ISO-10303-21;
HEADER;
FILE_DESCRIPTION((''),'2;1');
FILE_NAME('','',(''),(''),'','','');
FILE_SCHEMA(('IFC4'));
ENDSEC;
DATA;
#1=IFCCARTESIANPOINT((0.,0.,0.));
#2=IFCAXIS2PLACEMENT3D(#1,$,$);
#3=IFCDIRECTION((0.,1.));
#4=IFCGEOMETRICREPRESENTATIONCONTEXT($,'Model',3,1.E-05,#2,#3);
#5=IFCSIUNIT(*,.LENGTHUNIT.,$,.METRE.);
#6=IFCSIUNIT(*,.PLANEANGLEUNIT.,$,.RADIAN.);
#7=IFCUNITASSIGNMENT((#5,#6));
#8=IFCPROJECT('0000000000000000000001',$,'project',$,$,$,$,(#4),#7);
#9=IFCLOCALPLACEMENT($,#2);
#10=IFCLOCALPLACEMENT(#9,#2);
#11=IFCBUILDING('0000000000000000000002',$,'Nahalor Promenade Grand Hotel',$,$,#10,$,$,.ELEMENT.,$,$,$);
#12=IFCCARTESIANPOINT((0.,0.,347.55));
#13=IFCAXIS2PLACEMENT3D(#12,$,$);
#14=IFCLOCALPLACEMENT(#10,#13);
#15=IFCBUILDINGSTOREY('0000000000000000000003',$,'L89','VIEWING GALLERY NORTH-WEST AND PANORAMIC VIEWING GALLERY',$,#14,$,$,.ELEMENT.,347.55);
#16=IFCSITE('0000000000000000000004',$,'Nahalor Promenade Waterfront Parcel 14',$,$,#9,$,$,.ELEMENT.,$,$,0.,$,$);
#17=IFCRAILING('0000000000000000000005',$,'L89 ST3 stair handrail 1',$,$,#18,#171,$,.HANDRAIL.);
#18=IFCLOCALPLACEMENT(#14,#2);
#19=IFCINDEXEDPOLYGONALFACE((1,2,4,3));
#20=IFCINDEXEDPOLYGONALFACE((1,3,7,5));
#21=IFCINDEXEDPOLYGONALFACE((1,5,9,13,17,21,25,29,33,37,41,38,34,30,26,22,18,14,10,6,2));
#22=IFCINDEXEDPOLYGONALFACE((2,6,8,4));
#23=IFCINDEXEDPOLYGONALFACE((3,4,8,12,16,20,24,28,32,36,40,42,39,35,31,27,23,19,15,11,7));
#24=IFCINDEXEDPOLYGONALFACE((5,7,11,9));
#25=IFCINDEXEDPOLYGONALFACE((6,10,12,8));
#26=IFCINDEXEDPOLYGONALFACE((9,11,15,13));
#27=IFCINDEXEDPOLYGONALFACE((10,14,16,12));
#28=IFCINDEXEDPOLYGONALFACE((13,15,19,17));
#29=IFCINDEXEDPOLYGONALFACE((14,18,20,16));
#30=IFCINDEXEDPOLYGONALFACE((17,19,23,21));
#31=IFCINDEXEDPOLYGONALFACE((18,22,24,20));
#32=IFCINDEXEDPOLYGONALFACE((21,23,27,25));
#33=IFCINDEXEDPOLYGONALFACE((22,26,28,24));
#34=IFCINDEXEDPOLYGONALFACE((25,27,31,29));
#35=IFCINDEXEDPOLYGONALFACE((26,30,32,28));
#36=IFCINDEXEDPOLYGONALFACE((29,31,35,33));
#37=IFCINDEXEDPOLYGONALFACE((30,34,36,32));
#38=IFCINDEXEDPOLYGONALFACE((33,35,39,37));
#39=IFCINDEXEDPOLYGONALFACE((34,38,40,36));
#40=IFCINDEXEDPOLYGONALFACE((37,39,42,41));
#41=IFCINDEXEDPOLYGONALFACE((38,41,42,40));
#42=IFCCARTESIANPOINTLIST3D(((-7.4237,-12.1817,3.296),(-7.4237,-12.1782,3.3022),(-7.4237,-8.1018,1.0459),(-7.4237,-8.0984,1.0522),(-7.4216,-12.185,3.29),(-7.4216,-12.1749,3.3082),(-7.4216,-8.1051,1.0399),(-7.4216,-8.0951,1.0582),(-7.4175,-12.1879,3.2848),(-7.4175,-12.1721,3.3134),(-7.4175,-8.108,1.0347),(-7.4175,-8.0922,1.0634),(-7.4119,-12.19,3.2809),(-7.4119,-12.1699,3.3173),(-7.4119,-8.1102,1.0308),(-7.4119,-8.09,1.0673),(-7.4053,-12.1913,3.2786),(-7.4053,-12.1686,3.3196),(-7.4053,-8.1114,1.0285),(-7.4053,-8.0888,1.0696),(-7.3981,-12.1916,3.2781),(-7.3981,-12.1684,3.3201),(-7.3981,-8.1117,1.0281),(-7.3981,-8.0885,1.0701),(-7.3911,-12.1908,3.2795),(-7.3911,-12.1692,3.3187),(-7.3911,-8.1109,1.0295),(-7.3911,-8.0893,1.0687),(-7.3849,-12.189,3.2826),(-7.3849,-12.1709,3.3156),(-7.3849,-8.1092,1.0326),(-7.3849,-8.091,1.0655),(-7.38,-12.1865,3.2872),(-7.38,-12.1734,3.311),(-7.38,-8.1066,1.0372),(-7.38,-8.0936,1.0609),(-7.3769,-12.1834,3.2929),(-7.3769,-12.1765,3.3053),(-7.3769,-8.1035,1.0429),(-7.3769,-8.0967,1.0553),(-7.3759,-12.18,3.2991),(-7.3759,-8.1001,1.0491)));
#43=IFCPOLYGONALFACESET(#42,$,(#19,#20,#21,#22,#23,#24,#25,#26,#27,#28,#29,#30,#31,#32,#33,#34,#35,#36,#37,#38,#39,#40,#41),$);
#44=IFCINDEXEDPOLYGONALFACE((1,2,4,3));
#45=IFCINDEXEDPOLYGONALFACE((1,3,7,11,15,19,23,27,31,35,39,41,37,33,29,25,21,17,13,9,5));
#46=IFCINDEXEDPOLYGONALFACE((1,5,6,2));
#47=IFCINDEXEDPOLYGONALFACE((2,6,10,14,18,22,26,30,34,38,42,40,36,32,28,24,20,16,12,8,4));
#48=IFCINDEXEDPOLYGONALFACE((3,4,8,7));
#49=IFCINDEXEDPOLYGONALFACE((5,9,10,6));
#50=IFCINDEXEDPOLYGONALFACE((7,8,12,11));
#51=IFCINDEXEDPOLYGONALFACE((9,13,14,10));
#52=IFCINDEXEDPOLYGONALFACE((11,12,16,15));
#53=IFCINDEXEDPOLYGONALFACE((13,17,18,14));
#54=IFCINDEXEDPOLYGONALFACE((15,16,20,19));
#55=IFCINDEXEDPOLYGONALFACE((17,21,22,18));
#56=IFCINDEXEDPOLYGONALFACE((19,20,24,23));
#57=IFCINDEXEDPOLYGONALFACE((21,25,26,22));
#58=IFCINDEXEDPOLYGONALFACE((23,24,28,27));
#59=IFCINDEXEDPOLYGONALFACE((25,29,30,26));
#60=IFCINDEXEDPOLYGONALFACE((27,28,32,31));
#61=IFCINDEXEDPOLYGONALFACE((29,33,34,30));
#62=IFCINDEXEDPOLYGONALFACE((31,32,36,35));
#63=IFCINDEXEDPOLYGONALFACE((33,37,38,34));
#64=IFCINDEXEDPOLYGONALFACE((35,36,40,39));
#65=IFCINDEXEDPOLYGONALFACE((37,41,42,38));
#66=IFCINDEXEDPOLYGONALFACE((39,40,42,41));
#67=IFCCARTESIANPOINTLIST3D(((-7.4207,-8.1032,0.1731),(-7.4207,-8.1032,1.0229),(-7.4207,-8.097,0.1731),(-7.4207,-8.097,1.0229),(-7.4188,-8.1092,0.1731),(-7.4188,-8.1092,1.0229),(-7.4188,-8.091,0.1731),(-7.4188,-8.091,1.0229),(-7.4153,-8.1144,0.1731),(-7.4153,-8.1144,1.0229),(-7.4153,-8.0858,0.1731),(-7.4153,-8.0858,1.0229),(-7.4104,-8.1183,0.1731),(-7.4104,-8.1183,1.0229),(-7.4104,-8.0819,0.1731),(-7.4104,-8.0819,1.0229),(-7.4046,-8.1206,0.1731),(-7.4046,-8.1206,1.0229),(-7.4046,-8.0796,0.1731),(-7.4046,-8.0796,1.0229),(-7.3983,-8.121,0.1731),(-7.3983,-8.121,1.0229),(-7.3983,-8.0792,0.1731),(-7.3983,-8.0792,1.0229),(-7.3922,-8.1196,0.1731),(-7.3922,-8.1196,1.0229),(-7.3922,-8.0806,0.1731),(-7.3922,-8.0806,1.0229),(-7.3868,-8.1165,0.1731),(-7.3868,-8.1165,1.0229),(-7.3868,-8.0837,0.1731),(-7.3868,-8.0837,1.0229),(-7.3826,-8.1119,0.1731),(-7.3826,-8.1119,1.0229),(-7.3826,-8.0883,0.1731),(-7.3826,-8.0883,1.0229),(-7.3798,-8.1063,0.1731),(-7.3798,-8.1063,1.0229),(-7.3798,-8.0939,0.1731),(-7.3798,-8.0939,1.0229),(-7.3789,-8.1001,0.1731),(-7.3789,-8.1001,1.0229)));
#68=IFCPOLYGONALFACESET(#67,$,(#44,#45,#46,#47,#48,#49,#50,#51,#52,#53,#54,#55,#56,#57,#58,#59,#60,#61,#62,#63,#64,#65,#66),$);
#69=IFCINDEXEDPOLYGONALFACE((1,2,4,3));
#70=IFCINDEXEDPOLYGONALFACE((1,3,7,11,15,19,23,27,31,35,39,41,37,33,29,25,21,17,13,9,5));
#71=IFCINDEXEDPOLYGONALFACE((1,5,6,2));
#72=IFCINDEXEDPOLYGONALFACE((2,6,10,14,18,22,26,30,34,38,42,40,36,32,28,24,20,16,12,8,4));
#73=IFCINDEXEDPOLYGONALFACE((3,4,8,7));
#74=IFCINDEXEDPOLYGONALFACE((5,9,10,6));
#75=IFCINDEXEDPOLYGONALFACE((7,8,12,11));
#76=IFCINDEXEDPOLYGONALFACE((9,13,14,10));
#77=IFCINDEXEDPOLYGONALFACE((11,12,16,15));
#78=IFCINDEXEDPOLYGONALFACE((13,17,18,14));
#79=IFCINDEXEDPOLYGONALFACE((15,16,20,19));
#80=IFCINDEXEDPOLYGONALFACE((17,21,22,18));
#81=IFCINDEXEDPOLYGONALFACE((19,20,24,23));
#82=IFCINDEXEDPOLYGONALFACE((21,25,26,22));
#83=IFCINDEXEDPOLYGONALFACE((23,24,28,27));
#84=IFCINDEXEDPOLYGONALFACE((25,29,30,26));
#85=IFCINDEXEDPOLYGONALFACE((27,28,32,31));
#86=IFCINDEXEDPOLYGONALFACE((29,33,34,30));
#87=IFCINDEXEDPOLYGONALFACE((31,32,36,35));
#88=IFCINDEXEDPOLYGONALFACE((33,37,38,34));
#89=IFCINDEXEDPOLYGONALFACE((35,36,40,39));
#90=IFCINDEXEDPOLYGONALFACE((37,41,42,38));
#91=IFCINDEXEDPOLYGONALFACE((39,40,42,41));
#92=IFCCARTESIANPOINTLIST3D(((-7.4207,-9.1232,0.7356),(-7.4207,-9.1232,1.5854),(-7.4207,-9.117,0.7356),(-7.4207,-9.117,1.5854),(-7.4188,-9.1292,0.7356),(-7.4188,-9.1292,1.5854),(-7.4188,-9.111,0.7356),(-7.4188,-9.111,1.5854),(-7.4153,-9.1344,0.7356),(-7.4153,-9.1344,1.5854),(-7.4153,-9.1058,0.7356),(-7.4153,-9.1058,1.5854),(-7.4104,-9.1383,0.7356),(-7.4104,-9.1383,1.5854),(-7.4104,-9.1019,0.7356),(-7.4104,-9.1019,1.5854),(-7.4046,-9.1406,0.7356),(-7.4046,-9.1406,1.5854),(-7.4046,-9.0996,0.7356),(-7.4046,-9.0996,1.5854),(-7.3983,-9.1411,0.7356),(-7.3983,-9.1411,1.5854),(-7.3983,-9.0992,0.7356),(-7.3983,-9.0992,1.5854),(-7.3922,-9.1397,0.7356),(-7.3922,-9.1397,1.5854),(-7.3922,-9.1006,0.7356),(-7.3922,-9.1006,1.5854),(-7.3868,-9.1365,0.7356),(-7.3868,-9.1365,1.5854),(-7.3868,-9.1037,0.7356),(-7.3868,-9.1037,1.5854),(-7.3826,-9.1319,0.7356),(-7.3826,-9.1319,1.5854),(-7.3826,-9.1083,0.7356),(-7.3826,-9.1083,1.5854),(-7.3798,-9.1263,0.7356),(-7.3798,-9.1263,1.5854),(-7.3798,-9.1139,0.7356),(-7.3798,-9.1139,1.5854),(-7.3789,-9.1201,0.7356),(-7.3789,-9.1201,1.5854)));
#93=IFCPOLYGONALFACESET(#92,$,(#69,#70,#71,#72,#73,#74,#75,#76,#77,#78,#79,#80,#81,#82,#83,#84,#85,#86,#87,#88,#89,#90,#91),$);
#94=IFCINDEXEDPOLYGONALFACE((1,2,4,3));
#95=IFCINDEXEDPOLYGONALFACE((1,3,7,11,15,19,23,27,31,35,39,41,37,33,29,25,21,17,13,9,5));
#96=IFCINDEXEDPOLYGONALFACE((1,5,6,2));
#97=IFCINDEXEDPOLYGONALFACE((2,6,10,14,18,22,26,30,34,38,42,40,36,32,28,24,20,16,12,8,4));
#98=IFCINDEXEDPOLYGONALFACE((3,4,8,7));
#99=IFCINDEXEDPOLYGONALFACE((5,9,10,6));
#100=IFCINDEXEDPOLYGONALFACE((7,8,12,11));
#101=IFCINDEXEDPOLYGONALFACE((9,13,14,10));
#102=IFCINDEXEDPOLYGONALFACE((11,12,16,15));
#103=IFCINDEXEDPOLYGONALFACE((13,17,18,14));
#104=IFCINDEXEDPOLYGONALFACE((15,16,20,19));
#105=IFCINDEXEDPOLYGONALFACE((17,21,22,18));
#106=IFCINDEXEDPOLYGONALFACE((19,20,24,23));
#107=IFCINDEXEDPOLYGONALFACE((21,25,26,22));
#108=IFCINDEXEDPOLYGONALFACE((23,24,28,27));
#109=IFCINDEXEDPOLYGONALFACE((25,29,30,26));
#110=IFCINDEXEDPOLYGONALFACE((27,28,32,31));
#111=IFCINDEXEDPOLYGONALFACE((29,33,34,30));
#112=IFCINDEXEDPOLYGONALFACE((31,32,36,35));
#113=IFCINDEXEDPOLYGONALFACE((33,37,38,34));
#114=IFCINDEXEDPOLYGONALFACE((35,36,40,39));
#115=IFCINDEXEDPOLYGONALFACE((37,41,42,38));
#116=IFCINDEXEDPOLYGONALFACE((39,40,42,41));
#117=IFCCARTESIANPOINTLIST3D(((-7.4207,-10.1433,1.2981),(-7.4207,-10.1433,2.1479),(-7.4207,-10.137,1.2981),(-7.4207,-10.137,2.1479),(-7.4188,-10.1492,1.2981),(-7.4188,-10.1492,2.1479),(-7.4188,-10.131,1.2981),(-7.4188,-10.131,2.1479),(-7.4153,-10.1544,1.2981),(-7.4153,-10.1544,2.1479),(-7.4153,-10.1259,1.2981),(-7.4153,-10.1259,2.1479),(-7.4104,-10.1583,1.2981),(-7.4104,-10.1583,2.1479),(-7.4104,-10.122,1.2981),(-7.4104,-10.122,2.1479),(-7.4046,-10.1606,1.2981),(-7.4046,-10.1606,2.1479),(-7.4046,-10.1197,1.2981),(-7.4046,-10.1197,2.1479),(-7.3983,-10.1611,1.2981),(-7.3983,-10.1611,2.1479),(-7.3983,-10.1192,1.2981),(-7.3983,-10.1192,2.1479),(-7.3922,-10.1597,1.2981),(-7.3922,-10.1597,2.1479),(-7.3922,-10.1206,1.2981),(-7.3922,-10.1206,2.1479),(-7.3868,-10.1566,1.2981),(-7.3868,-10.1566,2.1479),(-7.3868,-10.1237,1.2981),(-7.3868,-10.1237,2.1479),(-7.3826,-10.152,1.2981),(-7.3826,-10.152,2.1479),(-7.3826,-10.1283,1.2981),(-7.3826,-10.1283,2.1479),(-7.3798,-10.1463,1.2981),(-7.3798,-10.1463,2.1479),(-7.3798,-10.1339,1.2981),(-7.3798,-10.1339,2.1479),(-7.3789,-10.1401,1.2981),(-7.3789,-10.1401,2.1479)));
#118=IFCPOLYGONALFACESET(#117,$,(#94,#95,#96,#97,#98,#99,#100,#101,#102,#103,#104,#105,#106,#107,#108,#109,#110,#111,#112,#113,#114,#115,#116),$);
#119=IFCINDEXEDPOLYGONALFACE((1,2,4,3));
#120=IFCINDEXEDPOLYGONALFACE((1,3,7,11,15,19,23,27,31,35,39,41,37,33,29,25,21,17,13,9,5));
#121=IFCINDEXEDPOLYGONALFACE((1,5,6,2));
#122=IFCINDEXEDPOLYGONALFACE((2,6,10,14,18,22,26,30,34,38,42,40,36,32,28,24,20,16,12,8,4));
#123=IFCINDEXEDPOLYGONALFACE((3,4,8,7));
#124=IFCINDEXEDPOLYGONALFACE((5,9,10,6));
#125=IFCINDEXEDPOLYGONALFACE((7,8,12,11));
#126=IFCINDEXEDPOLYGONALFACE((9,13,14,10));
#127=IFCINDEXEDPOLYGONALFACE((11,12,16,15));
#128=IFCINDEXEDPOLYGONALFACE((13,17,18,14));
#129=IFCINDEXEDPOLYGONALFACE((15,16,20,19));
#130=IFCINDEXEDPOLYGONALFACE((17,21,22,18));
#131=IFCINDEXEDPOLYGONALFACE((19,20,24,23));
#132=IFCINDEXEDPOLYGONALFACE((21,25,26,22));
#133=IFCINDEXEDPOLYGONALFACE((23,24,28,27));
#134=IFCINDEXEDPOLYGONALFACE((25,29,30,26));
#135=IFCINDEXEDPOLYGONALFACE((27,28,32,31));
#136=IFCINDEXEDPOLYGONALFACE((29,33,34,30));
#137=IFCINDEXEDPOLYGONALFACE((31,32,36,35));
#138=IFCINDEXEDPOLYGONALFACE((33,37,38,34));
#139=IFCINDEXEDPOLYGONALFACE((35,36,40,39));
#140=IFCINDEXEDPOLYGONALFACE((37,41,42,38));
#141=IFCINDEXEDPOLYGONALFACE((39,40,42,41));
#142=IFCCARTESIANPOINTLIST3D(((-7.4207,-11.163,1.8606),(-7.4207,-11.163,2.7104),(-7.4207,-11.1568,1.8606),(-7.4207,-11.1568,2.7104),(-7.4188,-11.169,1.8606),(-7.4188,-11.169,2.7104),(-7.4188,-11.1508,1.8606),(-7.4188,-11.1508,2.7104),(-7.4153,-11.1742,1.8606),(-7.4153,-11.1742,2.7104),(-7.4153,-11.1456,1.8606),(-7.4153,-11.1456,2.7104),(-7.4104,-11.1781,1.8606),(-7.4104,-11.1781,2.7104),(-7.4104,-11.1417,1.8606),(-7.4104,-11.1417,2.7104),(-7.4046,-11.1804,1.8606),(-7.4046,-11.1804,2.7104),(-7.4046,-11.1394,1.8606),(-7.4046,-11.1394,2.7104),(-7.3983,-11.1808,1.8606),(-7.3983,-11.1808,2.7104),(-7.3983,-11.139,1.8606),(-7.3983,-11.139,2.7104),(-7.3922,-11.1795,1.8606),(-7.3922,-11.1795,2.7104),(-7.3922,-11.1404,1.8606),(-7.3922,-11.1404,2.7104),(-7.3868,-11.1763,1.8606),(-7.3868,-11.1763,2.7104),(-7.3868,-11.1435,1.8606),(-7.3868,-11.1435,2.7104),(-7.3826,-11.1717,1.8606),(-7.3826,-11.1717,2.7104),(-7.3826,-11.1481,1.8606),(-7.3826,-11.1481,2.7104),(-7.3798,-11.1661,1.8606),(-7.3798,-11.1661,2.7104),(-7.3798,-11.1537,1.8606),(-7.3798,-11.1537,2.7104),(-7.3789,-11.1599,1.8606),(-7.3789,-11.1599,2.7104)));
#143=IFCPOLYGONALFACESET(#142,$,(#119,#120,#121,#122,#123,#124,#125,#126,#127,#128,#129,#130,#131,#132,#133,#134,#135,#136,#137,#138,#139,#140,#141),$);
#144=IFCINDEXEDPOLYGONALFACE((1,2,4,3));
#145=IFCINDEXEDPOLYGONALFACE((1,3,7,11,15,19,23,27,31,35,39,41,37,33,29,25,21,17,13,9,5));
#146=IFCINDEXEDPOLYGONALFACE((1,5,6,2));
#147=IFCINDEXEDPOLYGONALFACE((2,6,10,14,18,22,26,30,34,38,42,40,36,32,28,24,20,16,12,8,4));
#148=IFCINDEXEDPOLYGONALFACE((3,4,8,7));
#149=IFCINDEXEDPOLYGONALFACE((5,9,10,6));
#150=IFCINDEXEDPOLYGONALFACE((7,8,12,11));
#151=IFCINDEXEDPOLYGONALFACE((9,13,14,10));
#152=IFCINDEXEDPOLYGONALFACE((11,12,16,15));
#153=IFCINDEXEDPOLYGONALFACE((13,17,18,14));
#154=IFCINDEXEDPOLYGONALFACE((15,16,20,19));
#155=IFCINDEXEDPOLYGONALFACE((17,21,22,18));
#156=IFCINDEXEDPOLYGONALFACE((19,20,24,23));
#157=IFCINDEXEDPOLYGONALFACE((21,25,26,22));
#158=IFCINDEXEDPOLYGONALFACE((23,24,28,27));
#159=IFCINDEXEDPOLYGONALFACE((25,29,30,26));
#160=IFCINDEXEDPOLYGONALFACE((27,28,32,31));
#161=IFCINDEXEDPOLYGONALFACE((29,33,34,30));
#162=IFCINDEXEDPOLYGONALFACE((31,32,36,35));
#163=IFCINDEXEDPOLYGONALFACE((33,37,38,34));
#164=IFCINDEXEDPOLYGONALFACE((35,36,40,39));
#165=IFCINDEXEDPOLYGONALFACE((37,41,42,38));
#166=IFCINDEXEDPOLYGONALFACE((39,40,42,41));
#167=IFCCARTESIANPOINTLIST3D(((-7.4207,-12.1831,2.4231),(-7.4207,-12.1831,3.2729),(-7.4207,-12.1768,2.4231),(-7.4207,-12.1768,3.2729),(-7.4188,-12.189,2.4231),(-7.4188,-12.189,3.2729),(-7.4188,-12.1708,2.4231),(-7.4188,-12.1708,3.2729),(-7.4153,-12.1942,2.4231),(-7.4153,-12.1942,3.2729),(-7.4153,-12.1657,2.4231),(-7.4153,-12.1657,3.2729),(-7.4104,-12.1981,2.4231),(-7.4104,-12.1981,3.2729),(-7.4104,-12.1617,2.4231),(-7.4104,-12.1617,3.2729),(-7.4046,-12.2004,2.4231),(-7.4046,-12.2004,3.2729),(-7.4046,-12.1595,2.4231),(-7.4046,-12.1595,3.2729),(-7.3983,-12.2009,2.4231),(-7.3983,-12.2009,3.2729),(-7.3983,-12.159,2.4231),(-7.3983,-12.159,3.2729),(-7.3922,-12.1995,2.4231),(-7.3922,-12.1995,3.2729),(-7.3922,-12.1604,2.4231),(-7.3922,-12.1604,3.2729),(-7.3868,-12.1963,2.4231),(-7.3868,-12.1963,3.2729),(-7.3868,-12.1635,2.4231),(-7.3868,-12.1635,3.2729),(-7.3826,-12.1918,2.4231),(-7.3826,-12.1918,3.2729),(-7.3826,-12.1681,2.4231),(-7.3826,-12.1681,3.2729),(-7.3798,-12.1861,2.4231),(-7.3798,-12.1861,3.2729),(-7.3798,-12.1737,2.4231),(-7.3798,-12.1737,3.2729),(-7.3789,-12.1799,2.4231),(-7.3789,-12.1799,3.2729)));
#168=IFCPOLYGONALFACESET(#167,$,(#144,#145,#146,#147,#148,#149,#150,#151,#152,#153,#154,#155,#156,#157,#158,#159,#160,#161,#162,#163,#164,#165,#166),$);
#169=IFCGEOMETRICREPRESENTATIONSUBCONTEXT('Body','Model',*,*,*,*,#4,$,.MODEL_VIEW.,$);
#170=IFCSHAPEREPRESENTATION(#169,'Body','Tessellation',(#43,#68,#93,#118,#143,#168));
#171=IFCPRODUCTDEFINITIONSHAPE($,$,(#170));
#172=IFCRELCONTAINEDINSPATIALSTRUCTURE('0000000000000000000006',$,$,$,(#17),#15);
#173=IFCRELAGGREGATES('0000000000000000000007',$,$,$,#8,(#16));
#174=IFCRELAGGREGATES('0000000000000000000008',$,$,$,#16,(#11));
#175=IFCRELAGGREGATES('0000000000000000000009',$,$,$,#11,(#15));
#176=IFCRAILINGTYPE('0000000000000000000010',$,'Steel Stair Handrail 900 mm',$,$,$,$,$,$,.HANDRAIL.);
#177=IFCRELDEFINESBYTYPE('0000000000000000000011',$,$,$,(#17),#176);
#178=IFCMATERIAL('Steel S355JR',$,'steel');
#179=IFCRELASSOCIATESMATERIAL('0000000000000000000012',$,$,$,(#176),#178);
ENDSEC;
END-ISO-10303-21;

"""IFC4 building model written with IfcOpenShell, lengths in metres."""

from ifc_helpers import new_model, si_unit, direction, frame, origin, origin_2d, place, context, subcontext, project, spatial, circle, extrude, material, type_object, element, save


model = new_model("IFC4")

# Units and contexts
model_context = context("Model", 3, precision=1e-05, world=origin(), true_north=direction((0.0, 1.0)))
body_context = subcontext(model_context, "Body", "Model", "MODEL_VIEW")
ifc_project = project(units=[si_unit("LENGTHUNIT", "METRE"), si_unit("PLANEANGLEUNIT", "RADIAN")], contexts=[model_context])

# Site, building, storey
site_placement = place(None, origin())
site = spatial("IfcSite", under=ifc_project, at=site_placement, Name="Nahalor Promenade Waterfront Parcel 14", CompositionType="ELEMENT", RefElevation=0.0)
building_placement = place(site_placement, origin())
building = spatial("IfcBuilding", under=site, at=building_placement, Name="Nahalor Promenade Grand Hotel", CompositionType="ELEMENT")
storey_placement = place(building_placement, frame((0.0, 0.0, 347.55)))
storey = spatial("IfcBuildingStorey", under=building, at=storey_placement, Name="L89", Description="VIEWING GALLERY NORTH-WEST AND PANORAMIC VIEWING GALLERY", CompositionType="ELEMENT", Elevation=347.55)

# Shared definitions
ifc_material_1 = material(Name="Steel S355JR", Category="steel")

# Railing
railing_type_1 = type_object("IfcRailingType", Name="Steel Stair Handrail 900 mm", PredefinedType="HANDRAIL", material=ifc_material_1)
railing_1_placement = place(storey_placement, frame((-7.3999, -8.1001, 0.1731)))
element("IfcRailing", 1, at=railing_1_placement, inside=storey, type_object=railing_type_1, Name="L89 ST3 stair handrail 1", PredefinedType="HANDRAIL", context=body_context, shape_type="SweptSolid", body=[
    extrude(circle(Radius=0.024, at=origin_2d()), frame((0.0, 0.0, 0.876), z_axis=(0.0, -0.875663, 0.482922), x_axis=(1.0, 0.0, 0.0)), (0.0, 0.0, 1.0), 4.6592),
    extrude(circle(Radius=0.021, at=origin_2d()), origin(), (0.0, 0.0, 1.0), 0.8499),
    extrude(circle(Radius=0.021, at=origin_2d()), frame((0.0, -1.02, 0.5625)), (0.0, 0.0, 1.0), 0.8499),
    extrude(circle(Radius=0.021, at=origin_2d()), frame((0.0, -2.04, 1.125)), (0.0, 0.0, 1.0), 0.8499),
    extrude(circle(Radius=0.021, at=origin_2d()), frame((0.0, -3.0598, 1.6875)), (0.0, 0.0, 1.0), 0.8499),
    extrude(circle(Radius=0.021, at=origin_2d()), frame((0.0, -4.0798, 2.25)), (0.0, 0.0, 1.0), 0.8499),
])

save(model, "model.ifc")
